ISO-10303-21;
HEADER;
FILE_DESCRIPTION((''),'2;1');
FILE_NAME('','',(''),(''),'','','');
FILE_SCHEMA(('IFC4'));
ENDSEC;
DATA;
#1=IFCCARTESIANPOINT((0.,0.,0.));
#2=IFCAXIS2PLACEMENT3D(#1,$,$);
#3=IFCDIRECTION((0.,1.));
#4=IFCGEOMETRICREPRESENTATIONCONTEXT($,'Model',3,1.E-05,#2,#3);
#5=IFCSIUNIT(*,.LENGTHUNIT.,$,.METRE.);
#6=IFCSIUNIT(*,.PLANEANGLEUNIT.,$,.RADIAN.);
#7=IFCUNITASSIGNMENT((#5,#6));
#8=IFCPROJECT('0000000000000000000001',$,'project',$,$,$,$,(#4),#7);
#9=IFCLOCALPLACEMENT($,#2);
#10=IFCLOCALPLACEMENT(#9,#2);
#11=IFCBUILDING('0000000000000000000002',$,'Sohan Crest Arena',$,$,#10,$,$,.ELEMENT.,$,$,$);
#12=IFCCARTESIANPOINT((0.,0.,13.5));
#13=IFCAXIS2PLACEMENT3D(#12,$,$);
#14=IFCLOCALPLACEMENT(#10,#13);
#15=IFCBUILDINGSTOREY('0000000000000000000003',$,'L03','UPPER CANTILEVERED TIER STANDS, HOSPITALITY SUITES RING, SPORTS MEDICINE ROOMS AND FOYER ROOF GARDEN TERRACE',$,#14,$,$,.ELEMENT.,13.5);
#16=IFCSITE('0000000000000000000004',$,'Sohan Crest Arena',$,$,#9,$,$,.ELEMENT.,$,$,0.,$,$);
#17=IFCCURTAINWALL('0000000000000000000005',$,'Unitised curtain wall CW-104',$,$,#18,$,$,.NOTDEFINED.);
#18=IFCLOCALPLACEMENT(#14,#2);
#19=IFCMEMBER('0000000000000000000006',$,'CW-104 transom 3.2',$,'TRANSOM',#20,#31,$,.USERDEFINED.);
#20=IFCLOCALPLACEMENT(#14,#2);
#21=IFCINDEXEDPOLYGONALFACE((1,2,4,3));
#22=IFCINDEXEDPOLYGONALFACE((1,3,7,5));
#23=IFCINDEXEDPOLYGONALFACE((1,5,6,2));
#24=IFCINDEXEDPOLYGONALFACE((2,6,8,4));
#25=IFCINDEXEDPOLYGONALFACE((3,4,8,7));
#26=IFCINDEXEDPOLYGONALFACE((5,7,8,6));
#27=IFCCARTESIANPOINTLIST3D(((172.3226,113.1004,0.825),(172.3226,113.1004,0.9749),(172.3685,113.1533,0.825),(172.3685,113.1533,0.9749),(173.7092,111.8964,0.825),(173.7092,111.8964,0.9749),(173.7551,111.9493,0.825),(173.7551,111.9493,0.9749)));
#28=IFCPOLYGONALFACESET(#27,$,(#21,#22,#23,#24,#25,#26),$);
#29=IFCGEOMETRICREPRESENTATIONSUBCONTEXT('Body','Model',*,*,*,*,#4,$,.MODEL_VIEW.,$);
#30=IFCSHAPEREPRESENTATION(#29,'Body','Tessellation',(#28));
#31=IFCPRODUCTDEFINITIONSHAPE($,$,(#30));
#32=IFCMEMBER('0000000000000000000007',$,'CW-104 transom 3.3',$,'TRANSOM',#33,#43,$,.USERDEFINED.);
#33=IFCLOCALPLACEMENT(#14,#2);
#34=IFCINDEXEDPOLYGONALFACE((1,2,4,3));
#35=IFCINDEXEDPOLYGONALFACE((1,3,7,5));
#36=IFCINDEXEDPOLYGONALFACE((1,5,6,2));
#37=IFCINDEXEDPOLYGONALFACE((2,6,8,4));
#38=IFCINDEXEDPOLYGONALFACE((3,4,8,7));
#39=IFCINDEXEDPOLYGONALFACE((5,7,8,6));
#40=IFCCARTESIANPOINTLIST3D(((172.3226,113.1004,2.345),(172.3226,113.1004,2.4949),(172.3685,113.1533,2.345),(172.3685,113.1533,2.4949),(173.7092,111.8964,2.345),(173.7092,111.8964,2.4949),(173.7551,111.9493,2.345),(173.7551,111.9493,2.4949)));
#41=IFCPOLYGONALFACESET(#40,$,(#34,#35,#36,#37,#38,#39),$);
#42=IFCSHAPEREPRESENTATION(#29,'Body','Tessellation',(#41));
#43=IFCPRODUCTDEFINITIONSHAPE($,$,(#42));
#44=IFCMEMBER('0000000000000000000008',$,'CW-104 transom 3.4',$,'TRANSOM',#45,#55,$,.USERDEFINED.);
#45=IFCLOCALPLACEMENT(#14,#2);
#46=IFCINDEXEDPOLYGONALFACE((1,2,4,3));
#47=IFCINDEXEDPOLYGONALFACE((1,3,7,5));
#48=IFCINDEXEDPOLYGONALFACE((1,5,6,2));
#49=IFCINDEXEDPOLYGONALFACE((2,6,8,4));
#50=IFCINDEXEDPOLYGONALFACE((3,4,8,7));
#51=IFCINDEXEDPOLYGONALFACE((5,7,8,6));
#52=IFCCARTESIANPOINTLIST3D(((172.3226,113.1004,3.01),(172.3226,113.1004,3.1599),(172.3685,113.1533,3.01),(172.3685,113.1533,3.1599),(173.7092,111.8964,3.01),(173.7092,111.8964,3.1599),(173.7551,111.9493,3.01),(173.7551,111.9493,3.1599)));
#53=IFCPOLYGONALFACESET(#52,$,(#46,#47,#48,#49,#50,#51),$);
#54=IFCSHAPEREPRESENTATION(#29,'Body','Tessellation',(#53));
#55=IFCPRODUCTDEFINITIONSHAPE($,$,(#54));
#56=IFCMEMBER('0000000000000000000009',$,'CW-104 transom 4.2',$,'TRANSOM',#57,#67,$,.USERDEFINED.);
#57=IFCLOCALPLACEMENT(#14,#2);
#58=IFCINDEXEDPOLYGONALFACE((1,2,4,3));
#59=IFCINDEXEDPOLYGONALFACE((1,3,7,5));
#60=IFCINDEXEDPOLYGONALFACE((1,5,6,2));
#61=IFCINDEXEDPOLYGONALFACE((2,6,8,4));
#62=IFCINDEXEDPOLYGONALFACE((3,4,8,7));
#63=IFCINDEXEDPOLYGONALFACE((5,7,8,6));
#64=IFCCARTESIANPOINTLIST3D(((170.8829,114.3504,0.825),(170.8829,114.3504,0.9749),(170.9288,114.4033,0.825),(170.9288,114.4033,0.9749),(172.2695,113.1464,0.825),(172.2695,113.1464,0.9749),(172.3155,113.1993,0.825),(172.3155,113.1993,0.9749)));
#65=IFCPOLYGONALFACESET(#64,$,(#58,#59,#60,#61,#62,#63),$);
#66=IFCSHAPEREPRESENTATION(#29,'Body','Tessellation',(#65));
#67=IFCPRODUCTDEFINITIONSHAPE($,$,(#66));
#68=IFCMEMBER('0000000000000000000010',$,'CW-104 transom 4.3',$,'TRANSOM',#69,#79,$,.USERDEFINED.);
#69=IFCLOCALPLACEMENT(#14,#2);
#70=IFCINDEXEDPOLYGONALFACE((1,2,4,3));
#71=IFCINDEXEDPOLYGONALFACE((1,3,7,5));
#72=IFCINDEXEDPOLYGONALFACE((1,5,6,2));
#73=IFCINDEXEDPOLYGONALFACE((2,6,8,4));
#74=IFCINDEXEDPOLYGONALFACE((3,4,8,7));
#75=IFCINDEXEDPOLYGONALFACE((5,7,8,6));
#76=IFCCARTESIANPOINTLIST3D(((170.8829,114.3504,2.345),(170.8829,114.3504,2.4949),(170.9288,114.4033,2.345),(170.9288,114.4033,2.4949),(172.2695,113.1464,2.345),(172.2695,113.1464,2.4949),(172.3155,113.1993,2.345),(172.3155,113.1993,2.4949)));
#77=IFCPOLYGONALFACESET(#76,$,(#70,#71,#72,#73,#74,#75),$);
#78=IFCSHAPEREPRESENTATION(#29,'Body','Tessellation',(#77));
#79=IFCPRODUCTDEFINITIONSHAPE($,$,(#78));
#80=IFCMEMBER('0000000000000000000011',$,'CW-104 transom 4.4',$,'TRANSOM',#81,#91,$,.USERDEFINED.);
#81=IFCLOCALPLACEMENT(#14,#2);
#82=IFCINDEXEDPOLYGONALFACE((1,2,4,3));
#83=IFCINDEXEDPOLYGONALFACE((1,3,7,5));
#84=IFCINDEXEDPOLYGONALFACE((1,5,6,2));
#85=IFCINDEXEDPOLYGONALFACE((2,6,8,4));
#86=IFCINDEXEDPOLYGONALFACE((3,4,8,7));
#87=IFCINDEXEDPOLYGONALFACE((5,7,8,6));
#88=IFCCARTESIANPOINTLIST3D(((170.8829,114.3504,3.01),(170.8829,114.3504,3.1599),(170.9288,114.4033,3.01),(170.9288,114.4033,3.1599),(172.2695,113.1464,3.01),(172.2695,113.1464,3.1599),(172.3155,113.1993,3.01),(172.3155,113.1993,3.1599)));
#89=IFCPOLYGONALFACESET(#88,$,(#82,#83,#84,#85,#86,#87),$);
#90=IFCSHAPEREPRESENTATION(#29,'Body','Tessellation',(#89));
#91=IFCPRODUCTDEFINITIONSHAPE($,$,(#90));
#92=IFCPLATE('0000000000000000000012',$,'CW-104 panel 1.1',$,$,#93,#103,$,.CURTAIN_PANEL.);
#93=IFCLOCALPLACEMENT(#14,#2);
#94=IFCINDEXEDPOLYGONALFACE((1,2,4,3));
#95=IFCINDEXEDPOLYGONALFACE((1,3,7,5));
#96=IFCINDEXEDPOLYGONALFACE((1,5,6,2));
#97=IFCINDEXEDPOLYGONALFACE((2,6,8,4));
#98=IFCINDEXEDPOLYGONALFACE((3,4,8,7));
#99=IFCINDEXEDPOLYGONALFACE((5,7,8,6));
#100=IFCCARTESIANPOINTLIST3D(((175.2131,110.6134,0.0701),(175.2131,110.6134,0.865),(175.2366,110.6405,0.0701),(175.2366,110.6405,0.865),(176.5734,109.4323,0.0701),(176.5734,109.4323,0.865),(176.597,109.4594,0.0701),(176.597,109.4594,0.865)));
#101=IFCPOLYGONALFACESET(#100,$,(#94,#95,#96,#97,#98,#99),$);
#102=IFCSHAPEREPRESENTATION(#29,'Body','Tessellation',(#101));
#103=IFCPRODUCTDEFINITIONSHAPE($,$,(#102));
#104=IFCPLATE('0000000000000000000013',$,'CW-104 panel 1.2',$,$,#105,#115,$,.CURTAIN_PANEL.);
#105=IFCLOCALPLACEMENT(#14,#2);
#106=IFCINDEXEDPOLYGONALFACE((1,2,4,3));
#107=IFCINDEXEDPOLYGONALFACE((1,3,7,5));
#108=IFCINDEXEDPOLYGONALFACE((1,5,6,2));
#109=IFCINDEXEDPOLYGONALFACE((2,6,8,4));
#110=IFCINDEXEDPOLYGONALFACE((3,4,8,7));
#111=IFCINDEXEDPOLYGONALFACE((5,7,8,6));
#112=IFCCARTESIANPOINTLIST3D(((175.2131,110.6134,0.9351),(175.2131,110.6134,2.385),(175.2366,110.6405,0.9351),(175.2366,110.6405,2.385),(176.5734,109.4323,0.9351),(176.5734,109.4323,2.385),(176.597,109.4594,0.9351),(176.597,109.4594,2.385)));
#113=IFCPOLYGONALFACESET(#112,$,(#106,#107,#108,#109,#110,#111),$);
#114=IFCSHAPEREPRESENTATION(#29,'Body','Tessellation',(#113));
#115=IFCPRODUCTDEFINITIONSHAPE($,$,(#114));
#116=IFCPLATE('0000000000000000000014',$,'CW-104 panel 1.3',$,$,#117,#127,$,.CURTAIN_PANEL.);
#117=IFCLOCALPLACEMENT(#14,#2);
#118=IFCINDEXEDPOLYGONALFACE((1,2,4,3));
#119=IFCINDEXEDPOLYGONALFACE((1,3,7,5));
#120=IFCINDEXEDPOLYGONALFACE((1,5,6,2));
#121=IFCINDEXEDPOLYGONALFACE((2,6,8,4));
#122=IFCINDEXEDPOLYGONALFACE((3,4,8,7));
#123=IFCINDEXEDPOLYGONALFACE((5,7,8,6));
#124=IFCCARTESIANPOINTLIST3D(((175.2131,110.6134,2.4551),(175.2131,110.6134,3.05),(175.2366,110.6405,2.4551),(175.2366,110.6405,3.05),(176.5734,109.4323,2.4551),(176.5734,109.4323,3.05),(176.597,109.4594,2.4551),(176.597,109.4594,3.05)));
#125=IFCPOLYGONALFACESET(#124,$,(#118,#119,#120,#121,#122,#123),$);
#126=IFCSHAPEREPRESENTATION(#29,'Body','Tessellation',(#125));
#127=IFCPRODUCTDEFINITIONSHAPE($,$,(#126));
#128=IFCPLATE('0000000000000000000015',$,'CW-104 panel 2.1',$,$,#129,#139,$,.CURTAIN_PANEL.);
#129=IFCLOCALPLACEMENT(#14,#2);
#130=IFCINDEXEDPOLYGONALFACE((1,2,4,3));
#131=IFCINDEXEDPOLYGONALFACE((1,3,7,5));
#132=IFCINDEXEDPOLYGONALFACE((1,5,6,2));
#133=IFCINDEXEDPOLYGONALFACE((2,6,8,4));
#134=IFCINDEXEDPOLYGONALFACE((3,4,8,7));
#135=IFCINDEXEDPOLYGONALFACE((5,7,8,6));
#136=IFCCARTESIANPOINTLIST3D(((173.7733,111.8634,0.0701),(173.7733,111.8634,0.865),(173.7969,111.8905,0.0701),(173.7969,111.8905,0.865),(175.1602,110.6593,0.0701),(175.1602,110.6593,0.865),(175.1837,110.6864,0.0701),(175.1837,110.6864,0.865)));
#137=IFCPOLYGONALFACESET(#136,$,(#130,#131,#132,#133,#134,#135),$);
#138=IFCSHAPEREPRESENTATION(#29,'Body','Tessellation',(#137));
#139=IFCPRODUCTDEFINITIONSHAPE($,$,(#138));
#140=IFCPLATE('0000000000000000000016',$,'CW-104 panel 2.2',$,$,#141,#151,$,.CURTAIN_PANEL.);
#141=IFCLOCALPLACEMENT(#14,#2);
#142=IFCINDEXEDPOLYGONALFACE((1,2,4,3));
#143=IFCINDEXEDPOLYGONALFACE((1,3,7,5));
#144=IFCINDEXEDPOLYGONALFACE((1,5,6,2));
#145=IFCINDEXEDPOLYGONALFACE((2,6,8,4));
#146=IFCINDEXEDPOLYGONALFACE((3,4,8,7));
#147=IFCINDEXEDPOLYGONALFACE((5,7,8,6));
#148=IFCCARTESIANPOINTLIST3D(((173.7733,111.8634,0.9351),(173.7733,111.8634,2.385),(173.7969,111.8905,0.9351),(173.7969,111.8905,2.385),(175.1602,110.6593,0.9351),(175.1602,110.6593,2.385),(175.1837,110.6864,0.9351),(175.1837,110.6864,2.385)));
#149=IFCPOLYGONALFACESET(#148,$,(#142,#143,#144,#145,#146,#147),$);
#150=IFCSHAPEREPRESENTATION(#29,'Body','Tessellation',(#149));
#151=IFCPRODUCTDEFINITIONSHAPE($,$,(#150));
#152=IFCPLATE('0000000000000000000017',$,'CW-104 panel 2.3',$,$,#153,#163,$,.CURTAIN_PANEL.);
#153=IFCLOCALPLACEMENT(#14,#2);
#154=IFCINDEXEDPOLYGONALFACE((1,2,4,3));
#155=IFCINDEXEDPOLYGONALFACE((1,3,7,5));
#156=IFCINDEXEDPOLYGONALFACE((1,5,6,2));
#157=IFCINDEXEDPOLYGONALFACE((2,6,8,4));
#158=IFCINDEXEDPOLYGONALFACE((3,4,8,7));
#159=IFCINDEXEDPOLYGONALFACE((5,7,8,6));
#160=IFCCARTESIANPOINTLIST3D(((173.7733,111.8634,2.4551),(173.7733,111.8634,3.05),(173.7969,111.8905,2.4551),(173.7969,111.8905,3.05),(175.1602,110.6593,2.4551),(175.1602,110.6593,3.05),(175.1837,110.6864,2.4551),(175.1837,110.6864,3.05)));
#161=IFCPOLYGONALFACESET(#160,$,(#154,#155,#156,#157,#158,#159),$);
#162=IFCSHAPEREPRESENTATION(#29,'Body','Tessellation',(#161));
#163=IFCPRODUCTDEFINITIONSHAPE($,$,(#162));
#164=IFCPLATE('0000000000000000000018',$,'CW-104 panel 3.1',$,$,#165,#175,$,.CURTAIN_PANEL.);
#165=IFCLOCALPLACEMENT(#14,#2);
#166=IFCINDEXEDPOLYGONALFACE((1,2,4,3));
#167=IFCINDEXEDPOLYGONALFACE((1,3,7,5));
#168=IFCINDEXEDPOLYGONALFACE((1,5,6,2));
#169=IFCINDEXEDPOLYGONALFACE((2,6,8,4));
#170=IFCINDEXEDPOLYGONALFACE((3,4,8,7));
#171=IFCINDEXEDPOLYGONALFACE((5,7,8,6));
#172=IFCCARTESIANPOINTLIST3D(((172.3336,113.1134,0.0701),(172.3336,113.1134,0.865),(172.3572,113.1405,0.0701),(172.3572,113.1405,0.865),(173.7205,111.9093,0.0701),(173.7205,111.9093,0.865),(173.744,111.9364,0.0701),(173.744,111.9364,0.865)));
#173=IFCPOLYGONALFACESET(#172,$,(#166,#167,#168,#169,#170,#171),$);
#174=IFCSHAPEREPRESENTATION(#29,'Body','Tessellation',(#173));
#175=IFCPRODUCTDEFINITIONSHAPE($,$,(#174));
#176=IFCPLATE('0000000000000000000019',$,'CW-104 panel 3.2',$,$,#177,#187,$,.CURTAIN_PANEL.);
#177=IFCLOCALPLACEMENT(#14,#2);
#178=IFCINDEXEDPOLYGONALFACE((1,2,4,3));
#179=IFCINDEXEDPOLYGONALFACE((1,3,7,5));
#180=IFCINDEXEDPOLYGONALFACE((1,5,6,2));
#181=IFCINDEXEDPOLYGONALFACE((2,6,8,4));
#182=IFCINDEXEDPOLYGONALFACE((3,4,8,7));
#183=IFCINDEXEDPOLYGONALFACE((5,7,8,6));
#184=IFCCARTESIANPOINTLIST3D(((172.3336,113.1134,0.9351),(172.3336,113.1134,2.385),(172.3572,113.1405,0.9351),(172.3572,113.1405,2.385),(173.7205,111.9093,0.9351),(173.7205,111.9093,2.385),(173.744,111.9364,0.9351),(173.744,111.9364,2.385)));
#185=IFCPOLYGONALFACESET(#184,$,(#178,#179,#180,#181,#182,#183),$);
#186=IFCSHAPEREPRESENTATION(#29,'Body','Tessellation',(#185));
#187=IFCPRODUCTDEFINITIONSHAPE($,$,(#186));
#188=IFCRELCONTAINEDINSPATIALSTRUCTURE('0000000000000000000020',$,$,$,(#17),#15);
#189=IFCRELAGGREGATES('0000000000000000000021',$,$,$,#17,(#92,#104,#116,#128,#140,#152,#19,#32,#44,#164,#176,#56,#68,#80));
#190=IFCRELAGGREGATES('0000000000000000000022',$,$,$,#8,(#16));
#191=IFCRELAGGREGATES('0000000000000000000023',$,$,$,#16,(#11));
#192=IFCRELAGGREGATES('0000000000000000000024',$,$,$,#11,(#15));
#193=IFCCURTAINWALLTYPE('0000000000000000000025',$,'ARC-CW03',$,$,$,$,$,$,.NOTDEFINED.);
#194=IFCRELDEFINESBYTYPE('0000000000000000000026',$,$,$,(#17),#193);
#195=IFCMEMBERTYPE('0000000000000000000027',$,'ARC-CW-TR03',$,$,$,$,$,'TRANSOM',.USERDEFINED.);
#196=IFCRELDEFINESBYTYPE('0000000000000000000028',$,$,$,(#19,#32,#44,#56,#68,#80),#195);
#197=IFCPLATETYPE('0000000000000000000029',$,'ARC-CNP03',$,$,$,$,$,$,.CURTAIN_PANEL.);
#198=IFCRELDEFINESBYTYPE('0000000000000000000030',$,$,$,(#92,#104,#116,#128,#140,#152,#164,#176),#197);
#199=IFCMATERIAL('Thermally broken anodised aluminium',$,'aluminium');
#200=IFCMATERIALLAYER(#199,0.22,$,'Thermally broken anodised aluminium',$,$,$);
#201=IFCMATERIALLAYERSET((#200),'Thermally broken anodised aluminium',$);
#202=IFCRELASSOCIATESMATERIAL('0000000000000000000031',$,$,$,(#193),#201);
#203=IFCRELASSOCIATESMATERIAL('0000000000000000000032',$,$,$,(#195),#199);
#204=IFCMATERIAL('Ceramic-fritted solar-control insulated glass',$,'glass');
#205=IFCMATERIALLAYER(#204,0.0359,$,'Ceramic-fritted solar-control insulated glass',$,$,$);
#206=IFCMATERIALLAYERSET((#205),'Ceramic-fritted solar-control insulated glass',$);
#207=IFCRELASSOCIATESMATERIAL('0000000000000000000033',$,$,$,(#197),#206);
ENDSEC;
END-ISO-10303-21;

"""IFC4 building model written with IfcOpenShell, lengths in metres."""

from ifc_helpers import new_model, si_unit, direction, frame, origin, origin_2d, place, context, subcontext, project, spatial, rectangle, extrude, material, layer, layer_set, material_profile, profile_set, type_object, element, aggregate, save


model = new_model("IFC4")

# Units and contexts
model_context = context("Model", 3, precision=1e-05, world=origin(), true_north=direction((0.0, 1.0)))
body_context = subcontext(model_context, "Body", "Model", "MODEL_VIEW")
ifc_project = project(units=[si_unit("LENGTHUNIT", "METRE"), si_unit("PLANEANGLEUNIT", "RADIAN")], contexts=[model_context])

# Site, building, storey
site_placement = place(None, origin())
site = spatial("IfcSite", under=ifc_project, at=site_placement, Name="Sohan Crest Arena", CompositionType="ELEMENT", RefElevation=0.0)
building_placement = place(site_placement, origin())
building = spatial("IfcBuilding", under=site, at=building_placement, Name="Sohan Crest Arena", CompositionType="ELEMENT")
storey_placement = place(building_placement, frame((0.0, 0.0, 13.5)))
storey = spatial("IfcBuildingStorey", under=building, at=storey_placement, Name="L03", Description="UPPER CANTILEVERED TIER STANDS, HOSPITALITY SUITES RING, SPORTS MEDICINE ROOMS AND FOYER ROOF GARDEN TERRACE", CompositionType="ELEMENT", Elevation=13.5)

# Shared definitions
ifc_material_1 = material(Name="Thermally broken anodised aluminium", Category="aluminium")

# Curtain wall, members, plates
ifc_layer_1 = layer(ifc_material_1, 0.22, Name="Thermally broken anodised aluminium")
ifc_layer_set_1 = layer_set([ifc_layer_1], Name="Thermally broken anodised aluminium")
curtain_wall_type_1 = type_object("IfcCurtainWallType", Name="ARC-CW03", PredefinedType="NOTDEFINED", material=ifc_layer_set_1)
curtain_wall_1_placement = place(storey_placement, origin())
curtain_wall_1 = element("IfcCurtainWall", 1, at=curtain_wall_1_placement, inside=storey, type_object=curtain_wall_type_1, Name="Unitised curtain wall CW-104", PredefinedType="NOTDEFINED")
ifc_material_profile_1 = material_profile(ifc_material_1, rectangle(XDim=0.0701, YDim=0.1499, at=origin_2d()), Name="ALU-TRAN 70x150")
ifc_profile_set_1 = profile_set([ifc_material_profile_1], Name="Thermally broken anodised aluminium")
member_type_1 = type_object("IfcMemberType", Name="ARC-CW-TR03", ElementType="TRANSOM", PredefinedType="USERDEFINED", material=ifc_profile_set_1)
member_1_placement = place(storey_placement, frame((173.7322, 111.9229, 0.8999), z_axis=(-0.755075, 0.655639, 0.0), x_axis=(-0.655639, -0.755075, 0.0)))
member_1 = element("IfcMember", 2, at=member_1_placement, type_object=member_type_1, Name="CW-104 transom 3.2", ObjectType="TRANSOM", PredefinedType="USERDEFINED", context=body_context, shape_type="SweptSolid", body=[
    extrude(rectangle(XDim=0.0701, YDim=0.1499, at=origin_2d()), origin(), (0.0, 0.0, 1.0), 1.8364),
])
member_2_placement = place(storey_placement, frame((173.7322, 111.9229, 2.4199), z_axis=(-0.755075, 0.655639, 0.0), x_axis=(-0.655639, -0.755075, 0.0)))
member_2 = element("IfcMember", 3, at=member_2_placement, type_object=member_type_1, Name="CW-104 transom 3.3", ObjectType="TRANSOM", PredefinedType="USERDEFINED", context=body_context, shape_type="SweptSolid", body=[
    extrude(rectangle(XDim=0.0701, YDim=0.1499, at=origin_2d()), origin(), (0.0, 0.0, 1.0), 1.8364),
])
member_3_placement = place(storey_placement, frame((173.7322, 111.9229, 3.085), z_axis=(-0.755075, 0.655639, 0.0), x_axis=(-0.655639, -0.755075, 0.0)))
member_3 = element("IfcMember", 4, at=member_3_placement, type_object=member_type_1, Name="CW-104 transom 3.4", ObjectType="TRANSOM", PredefinedType="USERDEFINED", context=body_context, shape_type="SweptSolid", body=[
    extrude(rectangle(XDim=0.0701, YDim=0.1499, at=origin_2d()), origin(), (0.0, 0.0, 1.0), 1.8364),
])
member_4_placement = place(storey_placement, frame((172.2925, 113.1729, 0.8999), z_axis=(-0.755075, 0.655639, 0.0), x_axis=(-0.655639, -0.755075, 0.0)))
member_4 = element("IfcMember", 5, at=member_4_placement, type_object=member_type_1, Name="CW-104 transom 4.2", ObjectType="TRANSOM", PredefinedType="USERDEFINED", context=body_context, shape_type="SweptSolid", body=[
    extrude(rectangle(XDim=0.0701, YDim=0.1499, at=origin_2d()), origin(), (0.0, 0.0, 1.0), 1.8364),
])
member_5_placement = place(storey_placement, frame((172.2925, 113.1729, 2.4199), z_axis=(-0.755075, 0.655639, 0.0), x_axis=(-0.655639, -0.755075, 0.0)))
member_5 = element("IfcMember", 6, at=member_5_placement, type_object=member_type_1, Name="CW-104 transom 4.3", ObjectType="TRANSOM", PredefinedType="USERDEFINED", context=body_context, shape_type="SweptSolid", body=[
    extrude(rectangle(XDim=0.0701, YDim=0.1499, at=origin_2d()), origin(), (0.0, 0.0, 1.0), 1.8364),
])
member_6_placement = place(storey_placement, frame((172.2925, 113.1729, 3.085), z_axis=(-0.755075, 0.655639, 0.0), x_axis=(-0.655639, -0.755075, 0.0)))
member_6 = element("IfcMember", 7, at=member_6_placement, type_object=member_type_1, Name="CW-104 transom 4.4", ObjectType="TRANSOM", PredefinedType="USERDEFINED", context=body_context, shape_type="SweptSolid", body=[
    extrude(rectangle(XDim=0.0701, YDim=0.1499, at=origin_2d()), origin(), (0.0, 0.0, 1.0), 1.8364),
])
ifc_material_2 = material(Name="Ceramic-fritted solar-control insulated glass", Category="glass")
ifc_layer_2 = layer(ifc_material_2, 0.0359, Name="Ceramic-fritted solar-control insulated glass")
ifc_layer_set_2 = layer_set([ifc_layer_2], Name="Ceramic-fritted solar-control insulated glass")
plate_type = type_object("IfcPlateType", Name="ARC-CNP03", PredefinedType="CURTAIN_PANEL", material=ifc_layer_set_2)
plate_1_placement = place(storey_placement, frame((175.905, 110.0364, 0.0701), z_axis=(0.0, 0.0, 1.0), x_axis=(-0.755095, 0.655616, 0.0)))
plate_1 = element("IfcPlate", 8, at=plate_1_placement, type_object=plate_type, Name="CW-104 panel 1.1", PredefinedType="CURTAIN_PANEL", context=body_context, shape_type="SweptSolid", body=[
    extrude(rectangle(XDim=1.8015, YDim=0.0359, at=origin_2d()), origin(), (0.0, 0.0, 1.0), 0.7949),
])
plate_2_placement = place(storey_placement, frame((175.905, 110.0364, 0.9351), z_axis=(0.0, 0.0, 1.0), x_axis=(-0.755095, 0.655616, 0.0)))
plate_2 = element("IfcPlate", 9, at=plate_2_placement, type_object=plate_type, Name="CW-104 panel 1.2", PredefinedType="CURTAIN_PANEL", context=body_context, shape_type="SweptSolid", body=[
    extrude(rectangle(XDim=1.8015, YDim=0.0359, at=origin_2d()), origin(), (0.0, 0.0, 1.0), 1.45),
])
plate_3_placement = place(storey_placement, frame((175.905, 110.0364, 2.4551), z_axis=(0.0, 0.0, 1.0), x_axis=(-0.755095, 0.655616, 0.0)))
plate_3 = element("IfcPlate", 10, at=plate_3_placement, type_object=plate_type, Name="CW-104 panel 1.3", PredefinedType="CURTAIN_PANEL", context=body_context, shape_type="SweptSolid", body=[
    extrude(rectangle(XDim=1.8015, YDim=0.0359, at=origin_2d()), origin(), (0.0, 0.0, 1.0), 0.595),
])
plate_4_placement = place(storey_placement, frame((174.4785, 111.2749, 0.0701), z_axis=(0.0, 0.0, 1.0), x_axis=(-0.755095, 0.655616, 0.0)))
plate_4 = element("IfcPlate", 11, at=plate_4_placement, type_object=plate_type, Name="CW-104 panel 2.1", PredefinedType="CURTAIN_PANEL", context=body_context, shape_type="SweptSolid", body=[
    extrude(rectangle(XDim=1.8367, YDim=0.0359, at=origin_2d()), origin(), (0.0, 0.0, 1.0), 0.7949),
])
plate_5_placement = place(storey_placement, frame((174.4785, 111.2749, 0.9351), z_axis=(0.0, 0.0, 1.0), x_axis=(-0.755095, 0.655616, 0.0)))
plate_5 = element("IfcPlate", 12, at=plate_5_placement, type_object=plate_type, Name="CW-104 panel 2.2", PredefinedType="CURTAIN_PANEL", context=body_context, shape_type="SweptSolid", body=[
    extrude(rectangle(XDim=1.8367, YDim=0.0359, at=origin_2d()), origin(), (0.0, 0.0, 1.0), 1.45),
])
plate_6_placement = place(storey_placement, frame((174.4785, 111.2749, 2.4551), z_axis=(0.0, 0.0, 1.0), x_axis=(-0.755095, 0.655616, 0.0)))
plate_6 = element("IfcPlate", 13, at=plate_6_placement, type_object=plate_type, Name="CW-104 panel 2.3", PredefinedType="CURTAIN_PANEL", context=body_context, shape_type="SweptSolid", body=[
    extrude(rectangle(XDim=1.8367, YDim=0.0359, at=origin_2d()), origin(), (0.0, 0.0, 1.0), 0.595),
])
plate_7_placement = place(storey_placement, frame((173.0388, 112.5249, 0.0701), z_axis=(0.0, 0.0, 1.0), x_axis=(-0.755095, 0.655616, 0.0)))
plate_7 = element("IfcPlate", 14, at=plate_7_placement, type_object=plate_type, Name="CW-104 panel 3.1", PredefinedType="CURTAIN_PANEL", context=body_context, shape_type="SweptSolid", body=[
    extrude(rectangle(XDim=1.8367, YDim=0.0359, at=origin_2d()), origin(), (0.0, 0.0, 1.0), 0.7949),
])
plate_8_placement = place(storey_placement, frame((173.0388, 112.5249, 0.9351), z_axis=(0.0, 0.0, 1.0), x_axis=(-0.755095, 0.655616, 0.0)))
plate_8 = element("IfcPlate", 15, at=plate_8_placement, type_object=plate_type, Name="CW-104 panel 3.2", PredefinedType="CURTAIN_PANEL", context=body_context, shape_type="SweptSolid", body=[
    extrude(rectangle(XDim=1.8367, YDim=0.0359, at=origin_2d()), origin(), (0.0, 0.0, 1.0), 1.45),
])
aggregate(curtain_wall_1, [plate_1, plate_2, plate_3, plate_4, plate_5, plate_6, member_1, member_2, member_3, plate_7, plate_8, member_4, member_5, member_6])

save(model, "model.ifc")
